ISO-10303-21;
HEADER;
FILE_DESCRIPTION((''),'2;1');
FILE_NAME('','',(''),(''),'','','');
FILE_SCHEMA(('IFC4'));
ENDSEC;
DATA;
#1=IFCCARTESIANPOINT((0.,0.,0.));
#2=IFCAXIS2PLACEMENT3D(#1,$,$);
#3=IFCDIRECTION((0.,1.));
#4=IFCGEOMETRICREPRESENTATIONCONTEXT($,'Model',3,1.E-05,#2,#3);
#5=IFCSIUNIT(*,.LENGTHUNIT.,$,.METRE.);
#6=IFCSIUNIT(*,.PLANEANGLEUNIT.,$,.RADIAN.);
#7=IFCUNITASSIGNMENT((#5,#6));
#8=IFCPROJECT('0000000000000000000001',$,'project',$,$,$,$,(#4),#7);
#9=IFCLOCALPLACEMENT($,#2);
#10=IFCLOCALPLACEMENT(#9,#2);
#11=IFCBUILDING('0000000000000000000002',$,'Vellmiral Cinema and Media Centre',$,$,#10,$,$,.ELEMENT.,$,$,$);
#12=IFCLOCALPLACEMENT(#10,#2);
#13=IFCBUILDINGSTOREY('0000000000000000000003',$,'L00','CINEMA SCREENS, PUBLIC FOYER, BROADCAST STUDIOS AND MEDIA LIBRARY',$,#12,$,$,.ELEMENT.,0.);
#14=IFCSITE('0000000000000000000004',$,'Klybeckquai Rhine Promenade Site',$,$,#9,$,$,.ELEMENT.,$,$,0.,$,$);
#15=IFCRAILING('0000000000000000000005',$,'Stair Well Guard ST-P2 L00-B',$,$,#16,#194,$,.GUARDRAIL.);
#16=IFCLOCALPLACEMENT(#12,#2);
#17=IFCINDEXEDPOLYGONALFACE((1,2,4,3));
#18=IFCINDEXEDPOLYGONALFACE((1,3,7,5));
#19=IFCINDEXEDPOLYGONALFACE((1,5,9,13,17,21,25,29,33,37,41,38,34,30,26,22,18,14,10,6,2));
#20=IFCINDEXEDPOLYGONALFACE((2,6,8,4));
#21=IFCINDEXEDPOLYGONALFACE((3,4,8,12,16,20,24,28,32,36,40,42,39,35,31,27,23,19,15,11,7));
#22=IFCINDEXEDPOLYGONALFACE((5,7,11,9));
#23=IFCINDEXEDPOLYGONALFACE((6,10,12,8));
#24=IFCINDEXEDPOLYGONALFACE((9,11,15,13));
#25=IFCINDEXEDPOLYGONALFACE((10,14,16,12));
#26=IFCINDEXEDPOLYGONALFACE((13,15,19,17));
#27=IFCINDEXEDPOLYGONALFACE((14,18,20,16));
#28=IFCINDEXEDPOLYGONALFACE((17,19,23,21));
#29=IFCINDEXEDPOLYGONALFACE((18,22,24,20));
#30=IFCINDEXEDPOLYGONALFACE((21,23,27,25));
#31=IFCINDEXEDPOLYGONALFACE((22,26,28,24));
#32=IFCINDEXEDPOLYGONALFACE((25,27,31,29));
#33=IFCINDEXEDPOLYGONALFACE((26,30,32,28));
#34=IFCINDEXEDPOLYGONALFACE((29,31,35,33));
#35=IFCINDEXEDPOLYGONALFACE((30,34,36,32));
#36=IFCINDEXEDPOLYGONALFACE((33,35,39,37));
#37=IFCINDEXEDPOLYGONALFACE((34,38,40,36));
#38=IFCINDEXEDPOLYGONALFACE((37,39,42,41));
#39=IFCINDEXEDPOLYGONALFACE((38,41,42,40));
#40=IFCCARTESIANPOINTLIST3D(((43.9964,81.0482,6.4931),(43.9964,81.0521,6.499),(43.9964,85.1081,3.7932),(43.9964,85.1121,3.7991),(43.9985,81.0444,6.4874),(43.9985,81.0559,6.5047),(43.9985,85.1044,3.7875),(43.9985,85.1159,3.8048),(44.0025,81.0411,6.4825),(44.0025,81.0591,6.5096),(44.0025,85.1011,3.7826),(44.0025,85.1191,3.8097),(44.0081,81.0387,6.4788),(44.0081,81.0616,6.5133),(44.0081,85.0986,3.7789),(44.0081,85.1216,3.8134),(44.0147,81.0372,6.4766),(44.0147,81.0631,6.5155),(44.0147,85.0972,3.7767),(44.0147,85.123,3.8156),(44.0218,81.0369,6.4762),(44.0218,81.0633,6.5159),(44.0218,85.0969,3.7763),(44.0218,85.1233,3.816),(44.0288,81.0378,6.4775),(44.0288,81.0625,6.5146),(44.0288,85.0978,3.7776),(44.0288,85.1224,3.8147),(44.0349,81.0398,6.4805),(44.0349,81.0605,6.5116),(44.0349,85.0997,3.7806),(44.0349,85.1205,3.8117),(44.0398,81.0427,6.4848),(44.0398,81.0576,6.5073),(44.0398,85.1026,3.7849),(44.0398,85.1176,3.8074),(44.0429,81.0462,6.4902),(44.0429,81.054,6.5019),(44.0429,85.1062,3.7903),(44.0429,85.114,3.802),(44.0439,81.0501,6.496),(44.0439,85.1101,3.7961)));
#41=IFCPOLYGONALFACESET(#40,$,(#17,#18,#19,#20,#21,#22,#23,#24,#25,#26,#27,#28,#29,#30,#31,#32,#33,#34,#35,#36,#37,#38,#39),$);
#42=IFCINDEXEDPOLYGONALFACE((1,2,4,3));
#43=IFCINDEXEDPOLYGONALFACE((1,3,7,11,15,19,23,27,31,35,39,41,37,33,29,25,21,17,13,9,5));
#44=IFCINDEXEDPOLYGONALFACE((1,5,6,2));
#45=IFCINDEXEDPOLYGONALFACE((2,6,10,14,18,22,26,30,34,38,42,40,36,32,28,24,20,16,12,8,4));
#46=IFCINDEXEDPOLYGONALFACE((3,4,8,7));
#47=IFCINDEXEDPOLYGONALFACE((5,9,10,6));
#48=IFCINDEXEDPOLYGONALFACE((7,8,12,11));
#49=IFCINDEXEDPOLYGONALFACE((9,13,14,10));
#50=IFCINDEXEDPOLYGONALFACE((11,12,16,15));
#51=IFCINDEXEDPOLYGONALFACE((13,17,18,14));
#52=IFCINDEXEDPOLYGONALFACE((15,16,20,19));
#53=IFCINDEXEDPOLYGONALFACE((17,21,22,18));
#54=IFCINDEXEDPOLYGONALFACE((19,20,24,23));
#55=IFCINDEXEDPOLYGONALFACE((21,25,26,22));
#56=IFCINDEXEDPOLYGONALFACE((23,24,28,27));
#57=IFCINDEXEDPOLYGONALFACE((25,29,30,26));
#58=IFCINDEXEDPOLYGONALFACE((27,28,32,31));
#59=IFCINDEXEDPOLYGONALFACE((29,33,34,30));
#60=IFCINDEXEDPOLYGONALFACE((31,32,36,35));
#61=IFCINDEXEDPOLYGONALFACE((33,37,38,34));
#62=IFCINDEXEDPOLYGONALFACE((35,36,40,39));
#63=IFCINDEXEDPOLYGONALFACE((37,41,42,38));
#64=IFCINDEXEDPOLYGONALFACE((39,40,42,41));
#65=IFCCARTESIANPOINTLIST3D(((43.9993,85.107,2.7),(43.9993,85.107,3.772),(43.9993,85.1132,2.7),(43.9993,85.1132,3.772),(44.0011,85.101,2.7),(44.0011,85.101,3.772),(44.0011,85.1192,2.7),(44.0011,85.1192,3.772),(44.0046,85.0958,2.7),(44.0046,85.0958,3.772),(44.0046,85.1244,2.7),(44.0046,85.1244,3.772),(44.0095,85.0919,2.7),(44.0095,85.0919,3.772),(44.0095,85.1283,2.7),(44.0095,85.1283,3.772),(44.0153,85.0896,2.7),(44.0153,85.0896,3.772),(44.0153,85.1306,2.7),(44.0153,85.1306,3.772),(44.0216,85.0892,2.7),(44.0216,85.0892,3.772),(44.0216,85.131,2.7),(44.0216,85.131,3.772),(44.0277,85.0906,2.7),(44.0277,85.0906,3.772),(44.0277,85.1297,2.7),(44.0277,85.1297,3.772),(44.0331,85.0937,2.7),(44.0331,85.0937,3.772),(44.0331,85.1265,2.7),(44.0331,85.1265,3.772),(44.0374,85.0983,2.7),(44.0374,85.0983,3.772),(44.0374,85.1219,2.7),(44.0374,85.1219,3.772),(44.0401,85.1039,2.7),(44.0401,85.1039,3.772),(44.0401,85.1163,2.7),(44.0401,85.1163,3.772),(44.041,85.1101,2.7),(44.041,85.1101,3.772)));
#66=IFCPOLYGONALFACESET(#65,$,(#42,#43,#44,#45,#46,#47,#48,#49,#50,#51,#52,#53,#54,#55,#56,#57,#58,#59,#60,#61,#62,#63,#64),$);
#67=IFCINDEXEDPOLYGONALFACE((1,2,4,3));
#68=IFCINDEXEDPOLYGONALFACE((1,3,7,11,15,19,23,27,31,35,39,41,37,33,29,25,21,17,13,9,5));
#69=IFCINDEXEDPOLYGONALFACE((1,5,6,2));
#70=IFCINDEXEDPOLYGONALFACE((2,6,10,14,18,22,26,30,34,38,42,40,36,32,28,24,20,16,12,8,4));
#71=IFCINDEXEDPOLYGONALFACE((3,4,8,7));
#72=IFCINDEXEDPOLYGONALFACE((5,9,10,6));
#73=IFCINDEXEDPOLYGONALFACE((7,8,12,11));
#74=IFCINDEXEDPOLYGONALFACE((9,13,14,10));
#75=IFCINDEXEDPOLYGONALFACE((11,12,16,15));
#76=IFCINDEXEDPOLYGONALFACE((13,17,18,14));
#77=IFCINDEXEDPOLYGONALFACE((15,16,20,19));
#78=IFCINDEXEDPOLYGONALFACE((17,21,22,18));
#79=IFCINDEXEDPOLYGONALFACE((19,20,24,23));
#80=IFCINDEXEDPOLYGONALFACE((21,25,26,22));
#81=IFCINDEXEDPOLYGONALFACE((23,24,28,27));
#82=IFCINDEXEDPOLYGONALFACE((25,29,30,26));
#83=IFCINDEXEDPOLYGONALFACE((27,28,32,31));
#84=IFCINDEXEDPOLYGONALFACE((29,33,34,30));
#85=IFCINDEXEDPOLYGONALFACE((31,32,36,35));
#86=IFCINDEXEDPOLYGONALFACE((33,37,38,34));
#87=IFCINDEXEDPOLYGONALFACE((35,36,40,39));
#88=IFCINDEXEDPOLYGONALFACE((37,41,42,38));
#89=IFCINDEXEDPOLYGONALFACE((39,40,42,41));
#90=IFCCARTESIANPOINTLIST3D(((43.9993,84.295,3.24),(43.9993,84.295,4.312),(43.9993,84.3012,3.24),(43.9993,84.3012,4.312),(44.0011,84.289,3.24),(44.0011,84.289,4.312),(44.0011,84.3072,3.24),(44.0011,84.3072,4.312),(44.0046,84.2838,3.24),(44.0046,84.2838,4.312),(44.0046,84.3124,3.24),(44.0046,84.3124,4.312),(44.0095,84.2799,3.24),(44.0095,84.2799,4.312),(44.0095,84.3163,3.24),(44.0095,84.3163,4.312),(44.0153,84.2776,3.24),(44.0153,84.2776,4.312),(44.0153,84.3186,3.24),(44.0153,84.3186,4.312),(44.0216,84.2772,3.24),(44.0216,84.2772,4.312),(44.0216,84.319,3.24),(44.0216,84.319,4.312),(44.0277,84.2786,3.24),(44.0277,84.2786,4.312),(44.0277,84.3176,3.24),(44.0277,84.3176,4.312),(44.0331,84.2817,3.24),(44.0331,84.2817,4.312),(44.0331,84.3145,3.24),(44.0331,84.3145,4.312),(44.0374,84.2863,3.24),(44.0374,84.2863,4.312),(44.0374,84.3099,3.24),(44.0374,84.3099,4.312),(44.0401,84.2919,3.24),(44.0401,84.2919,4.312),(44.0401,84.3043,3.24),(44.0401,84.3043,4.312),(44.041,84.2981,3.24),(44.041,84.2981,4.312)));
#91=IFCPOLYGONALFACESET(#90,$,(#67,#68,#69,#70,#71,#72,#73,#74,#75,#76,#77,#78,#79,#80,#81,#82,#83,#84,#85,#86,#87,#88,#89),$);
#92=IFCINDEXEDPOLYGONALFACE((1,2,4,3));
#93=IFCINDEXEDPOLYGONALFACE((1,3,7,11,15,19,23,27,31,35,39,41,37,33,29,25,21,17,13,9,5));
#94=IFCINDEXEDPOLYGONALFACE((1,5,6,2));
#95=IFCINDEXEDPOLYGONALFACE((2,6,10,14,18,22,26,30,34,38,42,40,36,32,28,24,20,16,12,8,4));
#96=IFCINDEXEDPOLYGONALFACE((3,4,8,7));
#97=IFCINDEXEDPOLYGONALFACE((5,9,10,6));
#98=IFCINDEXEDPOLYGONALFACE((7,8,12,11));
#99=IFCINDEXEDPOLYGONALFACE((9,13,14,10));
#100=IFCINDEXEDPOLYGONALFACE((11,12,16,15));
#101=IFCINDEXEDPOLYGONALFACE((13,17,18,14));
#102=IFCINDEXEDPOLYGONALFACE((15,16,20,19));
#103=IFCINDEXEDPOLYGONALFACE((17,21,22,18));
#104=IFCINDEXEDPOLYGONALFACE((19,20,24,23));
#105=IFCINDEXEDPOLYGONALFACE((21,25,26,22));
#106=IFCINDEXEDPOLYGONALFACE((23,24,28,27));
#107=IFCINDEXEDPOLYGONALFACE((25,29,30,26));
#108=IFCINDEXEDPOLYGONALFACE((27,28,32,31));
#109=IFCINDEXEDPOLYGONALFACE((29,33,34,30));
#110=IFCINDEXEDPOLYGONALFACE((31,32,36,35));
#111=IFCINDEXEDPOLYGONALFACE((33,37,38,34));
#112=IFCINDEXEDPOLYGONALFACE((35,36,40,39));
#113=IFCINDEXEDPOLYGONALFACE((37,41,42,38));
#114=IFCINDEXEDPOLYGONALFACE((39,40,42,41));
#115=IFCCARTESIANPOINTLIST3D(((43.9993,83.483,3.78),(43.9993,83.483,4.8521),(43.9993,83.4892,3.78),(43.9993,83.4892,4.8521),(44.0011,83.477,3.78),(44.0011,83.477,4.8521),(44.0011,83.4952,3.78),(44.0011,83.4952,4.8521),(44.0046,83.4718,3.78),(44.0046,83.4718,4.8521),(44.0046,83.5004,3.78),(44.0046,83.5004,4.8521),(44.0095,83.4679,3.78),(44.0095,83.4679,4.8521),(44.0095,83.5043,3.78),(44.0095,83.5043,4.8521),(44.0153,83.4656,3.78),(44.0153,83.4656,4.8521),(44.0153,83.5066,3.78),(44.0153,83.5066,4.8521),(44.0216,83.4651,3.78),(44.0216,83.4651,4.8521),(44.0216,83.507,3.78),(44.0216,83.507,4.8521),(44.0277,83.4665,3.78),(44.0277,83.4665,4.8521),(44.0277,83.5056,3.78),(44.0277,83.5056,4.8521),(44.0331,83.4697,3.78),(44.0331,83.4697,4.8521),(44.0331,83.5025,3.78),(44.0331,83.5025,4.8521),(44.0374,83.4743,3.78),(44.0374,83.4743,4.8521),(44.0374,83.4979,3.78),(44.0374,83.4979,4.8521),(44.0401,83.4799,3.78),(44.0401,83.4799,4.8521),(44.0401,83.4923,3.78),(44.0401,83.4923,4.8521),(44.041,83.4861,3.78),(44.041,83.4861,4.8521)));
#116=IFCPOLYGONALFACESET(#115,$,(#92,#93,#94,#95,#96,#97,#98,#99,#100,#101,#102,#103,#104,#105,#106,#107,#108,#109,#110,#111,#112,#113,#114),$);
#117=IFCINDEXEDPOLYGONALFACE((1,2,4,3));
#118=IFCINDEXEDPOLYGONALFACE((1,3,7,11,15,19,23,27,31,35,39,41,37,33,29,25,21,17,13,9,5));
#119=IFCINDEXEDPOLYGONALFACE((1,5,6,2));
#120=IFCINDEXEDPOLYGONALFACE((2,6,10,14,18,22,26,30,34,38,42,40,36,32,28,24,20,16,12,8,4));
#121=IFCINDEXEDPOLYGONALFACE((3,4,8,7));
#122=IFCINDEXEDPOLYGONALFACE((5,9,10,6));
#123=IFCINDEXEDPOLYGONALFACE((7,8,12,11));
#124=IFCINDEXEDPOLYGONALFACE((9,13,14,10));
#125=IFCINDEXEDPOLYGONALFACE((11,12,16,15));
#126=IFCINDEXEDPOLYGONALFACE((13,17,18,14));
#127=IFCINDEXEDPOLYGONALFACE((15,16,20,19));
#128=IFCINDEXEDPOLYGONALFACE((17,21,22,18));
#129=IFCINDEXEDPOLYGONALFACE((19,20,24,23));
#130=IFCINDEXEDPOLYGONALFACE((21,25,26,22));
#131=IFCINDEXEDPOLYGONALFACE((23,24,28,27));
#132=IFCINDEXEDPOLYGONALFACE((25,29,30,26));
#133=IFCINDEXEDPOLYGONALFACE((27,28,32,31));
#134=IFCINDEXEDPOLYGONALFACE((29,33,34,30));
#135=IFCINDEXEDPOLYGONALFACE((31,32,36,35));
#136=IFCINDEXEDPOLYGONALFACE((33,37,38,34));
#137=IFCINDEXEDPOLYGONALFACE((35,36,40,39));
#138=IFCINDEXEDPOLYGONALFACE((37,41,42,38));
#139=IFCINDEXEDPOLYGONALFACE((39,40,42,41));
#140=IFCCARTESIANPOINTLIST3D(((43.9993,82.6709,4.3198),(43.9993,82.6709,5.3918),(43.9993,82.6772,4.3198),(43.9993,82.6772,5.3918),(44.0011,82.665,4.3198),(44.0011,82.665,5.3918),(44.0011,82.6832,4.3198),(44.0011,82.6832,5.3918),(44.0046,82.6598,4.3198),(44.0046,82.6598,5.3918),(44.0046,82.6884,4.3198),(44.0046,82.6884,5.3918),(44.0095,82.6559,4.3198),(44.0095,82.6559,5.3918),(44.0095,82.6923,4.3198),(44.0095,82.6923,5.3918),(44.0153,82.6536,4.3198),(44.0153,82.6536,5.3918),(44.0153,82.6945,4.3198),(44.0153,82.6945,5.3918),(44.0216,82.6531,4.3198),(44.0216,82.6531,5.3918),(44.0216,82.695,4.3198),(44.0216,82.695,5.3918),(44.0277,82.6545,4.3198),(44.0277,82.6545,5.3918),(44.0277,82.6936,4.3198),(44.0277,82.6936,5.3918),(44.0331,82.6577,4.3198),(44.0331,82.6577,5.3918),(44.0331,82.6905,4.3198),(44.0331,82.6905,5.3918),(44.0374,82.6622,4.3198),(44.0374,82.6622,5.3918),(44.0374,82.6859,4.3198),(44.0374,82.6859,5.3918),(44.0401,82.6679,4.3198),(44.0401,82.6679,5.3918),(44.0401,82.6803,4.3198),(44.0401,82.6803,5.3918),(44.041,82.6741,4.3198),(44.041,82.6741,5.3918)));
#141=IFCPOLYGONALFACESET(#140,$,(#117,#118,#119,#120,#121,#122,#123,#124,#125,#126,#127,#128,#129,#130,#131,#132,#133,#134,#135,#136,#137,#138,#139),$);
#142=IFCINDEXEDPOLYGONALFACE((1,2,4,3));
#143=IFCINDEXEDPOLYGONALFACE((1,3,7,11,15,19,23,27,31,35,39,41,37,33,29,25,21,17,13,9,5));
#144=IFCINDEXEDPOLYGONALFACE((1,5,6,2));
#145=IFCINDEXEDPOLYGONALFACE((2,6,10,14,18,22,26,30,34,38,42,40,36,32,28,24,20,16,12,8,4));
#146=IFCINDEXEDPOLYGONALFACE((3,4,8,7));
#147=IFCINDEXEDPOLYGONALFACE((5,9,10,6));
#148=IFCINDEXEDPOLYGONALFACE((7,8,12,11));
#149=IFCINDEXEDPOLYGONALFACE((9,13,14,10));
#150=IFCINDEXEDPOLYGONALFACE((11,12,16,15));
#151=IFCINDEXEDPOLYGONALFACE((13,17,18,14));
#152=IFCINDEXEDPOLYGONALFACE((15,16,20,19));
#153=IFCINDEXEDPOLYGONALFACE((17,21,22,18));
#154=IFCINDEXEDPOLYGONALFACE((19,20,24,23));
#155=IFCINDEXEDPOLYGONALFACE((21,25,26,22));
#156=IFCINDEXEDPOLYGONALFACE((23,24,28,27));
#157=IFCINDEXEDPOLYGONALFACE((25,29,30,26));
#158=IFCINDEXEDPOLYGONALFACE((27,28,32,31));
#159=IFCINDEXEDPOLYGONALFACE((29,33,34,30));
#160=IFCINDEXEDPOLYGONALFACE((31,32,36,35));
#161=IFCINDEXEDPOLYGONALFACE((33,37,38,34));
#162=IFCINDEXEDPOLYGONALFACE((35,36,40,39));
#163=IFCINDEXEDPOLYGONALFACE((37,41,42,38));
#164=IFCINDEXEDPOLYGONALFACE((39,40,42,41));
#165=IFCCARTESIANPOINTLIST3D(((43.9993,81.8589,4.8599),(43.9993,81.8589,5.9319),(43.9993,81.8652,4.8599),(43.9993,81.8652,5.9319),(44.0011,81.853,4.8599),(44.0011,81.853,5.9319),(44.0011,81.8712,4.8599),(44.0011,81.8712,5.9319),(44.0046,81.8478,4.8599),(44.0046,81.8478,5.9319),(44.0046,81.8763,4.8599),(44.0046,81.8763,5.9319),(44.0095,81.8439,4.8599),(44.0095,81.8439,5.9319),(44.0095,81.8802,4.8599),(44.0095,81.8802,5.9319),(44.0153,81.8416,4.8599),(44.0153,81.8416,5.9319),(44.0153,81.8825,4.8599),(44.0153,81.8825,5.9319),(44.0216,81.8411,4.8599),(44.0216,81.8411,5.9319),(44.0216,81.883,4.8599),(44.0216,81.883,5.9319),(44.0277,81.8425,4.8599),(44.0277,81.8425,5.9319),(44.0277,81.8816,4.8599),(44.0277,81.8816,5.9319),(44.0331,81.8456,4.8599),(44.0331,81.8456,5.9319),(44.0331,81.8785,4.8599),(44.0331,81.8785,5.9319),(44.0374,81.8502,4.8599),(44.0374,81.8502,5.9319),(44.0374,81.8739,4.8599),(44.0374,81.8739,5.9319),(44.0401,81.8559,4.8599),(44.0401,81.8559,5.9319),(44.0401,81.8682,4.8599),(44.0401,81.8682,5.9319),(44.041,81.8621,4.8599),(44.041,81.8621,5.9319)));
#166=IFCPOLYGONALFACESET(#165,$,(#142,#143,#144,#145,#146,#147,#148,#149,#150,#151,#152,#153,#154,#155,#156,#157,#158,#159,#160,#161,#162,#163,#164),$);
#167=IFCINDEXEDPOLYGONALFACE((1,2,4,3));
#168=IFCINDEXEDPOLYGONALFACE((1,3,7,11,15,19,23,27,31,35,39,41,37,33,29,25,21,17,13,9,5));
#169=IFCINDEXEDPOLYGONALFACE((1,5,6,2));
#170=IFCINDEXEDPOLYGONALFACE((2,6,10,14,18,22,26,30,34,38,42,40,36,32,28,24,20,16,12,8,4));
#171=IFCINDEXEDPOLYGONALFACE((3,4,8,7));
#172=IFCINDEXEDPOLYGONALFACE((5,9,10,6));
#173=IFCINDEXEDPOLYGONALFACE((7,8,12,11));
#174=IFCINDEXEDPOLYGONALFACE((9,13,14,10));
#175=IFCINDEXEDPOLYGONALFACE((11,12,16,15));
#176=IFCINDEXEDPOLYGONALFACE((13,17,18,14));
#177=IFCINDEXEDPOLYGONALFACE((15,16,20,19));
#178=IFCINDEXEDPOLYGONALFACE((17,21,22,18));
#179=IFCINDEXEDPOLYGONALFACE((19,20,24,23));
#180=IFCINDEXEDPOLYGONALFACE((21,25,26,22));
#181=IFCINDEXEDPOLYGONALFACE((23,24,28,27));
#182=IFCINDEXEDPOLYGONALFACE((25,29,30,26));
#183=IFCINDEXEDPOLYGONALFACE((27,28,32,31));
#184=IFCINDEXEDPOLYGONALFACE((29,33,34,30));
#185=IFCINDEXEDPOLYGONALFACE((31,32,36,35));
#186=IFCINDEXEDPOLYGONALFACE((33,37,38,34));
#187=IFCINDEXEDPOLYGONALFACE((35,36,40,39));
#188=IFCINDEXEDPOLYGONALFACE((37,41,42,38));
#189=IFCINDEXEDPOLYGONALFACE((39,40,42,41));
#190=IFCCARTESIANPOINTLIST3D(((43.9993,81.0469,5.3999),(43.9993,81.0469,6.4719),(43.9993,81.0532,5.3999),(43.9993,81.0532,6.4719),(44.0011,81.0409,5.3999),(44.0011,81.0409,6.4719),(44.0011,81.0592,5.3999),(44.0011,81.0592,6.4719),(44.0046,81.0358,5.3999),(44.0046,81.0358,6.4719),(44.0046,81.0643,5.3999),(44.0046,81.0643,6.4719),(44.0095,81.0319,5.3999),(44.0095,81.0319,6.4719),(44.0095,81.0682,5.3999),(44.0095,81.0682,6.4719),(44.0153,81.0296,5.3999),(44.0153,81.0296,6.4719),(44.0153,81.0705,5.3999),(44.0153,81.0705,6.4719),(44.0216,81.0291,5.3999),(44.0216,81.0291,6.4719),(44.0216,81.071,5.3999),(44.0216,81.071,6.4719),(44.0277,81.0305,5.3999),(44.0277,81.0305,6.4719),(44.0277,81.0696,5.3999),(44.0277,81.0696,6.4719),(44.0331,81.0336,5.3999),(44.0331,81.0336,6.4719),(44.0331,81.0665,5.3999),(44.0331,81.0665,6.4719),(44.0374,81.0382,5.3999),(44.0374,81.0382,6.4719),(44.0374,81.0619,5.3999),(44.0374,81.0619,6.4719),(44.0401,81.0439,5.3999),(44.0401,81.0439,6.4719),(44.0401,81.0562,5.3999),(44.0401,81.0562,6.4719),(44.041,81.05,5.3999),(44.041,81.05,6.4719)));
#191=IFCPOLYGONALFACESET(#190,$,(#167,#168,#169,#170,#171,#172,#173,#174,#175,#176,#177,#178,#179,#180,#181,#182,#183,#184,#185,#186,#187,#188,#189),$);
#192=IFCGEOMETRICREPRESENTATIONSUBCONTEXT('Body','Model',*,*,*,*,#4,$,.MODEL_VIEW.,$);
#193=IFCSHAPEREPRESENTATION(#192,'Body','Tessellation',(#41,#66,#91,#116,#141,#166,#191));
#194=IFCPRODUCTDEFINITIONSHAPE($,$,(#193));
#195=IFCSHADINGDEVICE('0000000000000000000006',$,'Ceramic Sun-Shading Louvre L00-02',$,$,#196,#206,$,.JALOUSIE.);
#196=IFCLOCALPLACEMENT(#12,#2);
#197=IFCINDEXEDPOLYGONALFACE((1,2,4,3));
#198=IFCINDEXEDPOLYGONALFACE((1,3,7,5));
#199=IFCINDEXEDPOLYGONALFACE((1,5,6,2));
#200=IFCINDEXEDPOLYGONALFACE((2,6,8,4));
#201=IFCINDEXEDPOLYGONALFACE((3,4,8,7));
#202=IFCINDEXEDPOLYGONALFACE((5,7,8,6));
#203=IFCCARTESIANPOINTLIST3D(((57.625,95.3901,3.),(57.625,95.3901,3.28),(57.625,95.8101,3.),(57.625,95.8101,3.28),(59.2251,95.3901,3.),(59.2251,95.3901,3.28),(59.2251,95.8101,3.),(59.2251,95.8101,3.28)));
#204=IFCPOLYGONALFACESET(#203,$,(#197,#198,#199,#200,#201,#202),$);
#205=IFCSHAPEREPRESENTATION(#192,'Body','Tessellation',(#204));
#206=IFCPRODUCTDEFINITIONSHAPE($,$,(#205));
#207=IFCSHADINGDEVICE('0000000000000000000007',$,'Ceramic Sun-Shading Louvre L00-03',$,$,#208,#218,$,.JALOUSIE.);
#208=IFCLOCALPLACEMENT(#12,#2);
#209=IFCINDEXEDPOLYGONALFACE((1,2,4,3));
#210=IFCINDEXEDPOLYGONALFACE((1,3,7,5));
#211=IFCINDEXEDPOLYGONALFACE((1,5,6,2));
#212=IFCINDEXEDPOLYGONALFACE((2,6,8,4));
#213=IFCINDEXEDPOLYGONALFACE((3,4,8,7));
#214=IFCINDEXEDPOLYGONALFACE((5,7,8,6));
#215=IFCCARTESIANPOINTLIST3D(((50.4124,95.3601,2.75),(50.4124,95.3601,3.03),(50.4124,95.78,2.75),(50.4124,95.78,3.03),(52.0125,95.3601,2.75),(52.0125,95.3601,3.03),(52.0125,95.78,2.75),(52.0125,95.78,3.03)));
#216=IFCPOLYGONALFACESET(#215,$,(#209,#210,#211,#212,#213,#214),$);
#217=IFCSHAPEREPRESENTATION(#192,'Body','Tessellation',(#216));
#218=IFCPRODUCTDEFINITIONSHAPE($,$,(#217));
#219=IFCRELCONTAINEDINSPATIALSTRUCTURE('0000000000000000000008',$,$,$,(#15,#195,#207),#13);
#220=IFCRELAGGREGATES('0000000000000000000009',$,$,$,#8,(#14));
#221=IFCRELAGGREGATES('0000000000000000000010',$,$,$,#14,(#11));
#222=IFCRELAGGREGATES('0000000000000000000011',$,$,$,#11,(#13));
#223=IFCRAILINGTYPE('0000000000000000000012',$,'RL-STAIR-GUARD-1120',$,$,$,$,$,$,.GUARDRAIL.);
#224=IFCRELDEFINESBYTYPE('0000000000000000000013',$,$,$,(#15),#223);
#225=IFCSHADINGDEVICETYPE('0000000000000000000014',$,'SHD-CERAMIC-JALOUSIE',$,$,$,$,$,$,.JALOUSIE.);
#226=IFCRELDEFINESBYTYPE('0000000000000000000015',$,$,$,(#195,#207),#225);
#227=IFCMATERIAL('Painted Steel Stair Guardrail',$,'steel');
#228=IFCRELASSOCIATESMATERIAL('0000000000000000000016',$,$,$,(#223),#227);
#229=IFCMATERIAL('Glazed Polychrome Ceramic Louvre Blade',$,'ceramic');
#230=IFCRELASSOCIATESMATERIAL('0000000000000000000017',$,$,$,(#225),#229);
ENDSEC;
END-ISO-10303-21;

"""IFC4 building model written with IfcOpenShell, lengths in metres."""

from ifc_helpers import new_model, si_unit, direction, frame, origin, origin_2d, place, context, subcontext, project, spatial, rectangle, circle, extrude, material, type_object, element, save


model = new_model("IFC4")

# Units and contexts
model_context = context("Model", 3, precision=1e-05, world=origin(), true_north=direction((0.0, 1.0)))
body_context = subcontext(model_context, "Body", "Model", "MODEL_VIEW")
ifc_project = project(units=[si_unit("LENGTHUNIT", "METRE"), si_unit("PLANEANGLEUNIT", "RADIAN")], contexts=[model_context])

# Site, building, storey
site_placement = place(None, origin())
site = spatial("IfcSite", under=ifc_project, at=site_placement, Name="Klybeckquai Rhine Promenade Site", CompositionType="ELEMENT", RefElevation=0.0)
building_placement = place(site_placement, origin())
building = spatial("IfcBuilding", under=site, at=building_placement, Name="Vellmiral Cinema and Media Centre", CompositionType="ELEMENT")
storey_placement = place(building_placement, origin())
storey = spatial("IfcBuildingStorey", under=building, at=storey_placement, Name="L00", Description="CINEMA SCREENS, PUBLIC FOYER, BROADCAST STUDIOS AND MEDIA LIBRARY", CompositionType="ELEMENT", Elevation=0.0)

# Railing
ifc_material_1 = material(Name="Painted Steel Stair Guardrail", Category="steel")
railing_type_1 = type_object("IfcRailingType", Name="RL-STAIR-GUARD-1120", PredefinedType="GUARDRAIL", material=ifc_material_1)
railing_1_placement = place(storey_placement, frame((44.02, 85.1101, 2.7)))
element("IfcRailing", 1, at=railing_1_placement, inside=storey, type_object=railing_type_1, Name="Stair Well Guard ST-P2 L00-B", PredefinedType="GUARDRAIL", context=body_context, shape_type="SweptSolid", body=[
    extrude(circle(Radius=0.0239, at=origin_2d()), frame((0.0, 0.0, 1.0962), z_axis=(0.0, -0.832689, 0.553741), x_axis=(1.0, 0.0, 0.0)), (0.0, 0.0, 1.0), 4.8757),
    extrude(circle(Radius=0.021, at=origin_2d()), origin(), (0.0, 0.0, 1.0), 1.072),
    extrude(circle(Radius=0.021, at=origin_2d()), frame((0.0, -0.812, 0.54)), (0.0, 0.0, 1.0), 1.072),
    extrude(circle(Radius=0.021, at=origin_2d()), frame((0.0, -1.624, 1.0801)), (0.0, 0.0, 1.0), 1.072),
    extrude(circle(Radius=0.021, at=origin_2d()), frame((0.0, -2.436, 1.6199)), (0.0, 0.0, 1.0), 1.072),
    extrude(circle(Radius=0.021, at=origin_2d()), frame((0.0, -3.248, 2.1599)), (0.0, 0.0, 1.0), 1.072),
    extrude(circle(Radius=0.021, at=origin_2d()), frame((0.0, -4.0601, 2.7)), (0.0, 0.0, 1.0), 1.072),
])

# Shading devices
ifc_material_2 = material(Name="Glazed Polychrome Ceramic Louvre Blade", Category="ceramic")
shading_device_type = type_object("IfcShadingDeviceType", Name="SHD-CERAMIC-JALOUSIE", PredefinedType="JALOUSIE", material=ifc_material_2)
for number, where, z_axis, x_axis, name in (
    (2, (58.425, 95.6001, 3.0), (0.0, 0.0, 1.0), (-1.0, 0.0, 0.0), "Ceramic Sun-Shading Louvre L00-02"),
    (3, (51.2124, 95.5701, 2.75), (0.0, 0.0, 1.0), (-1.0, 0.0, 0.0), "Ceramic Sun-Shading Louvre L00-03"),
):
    element("IfcShadingDevice", number, at=place(storey_placement, frame(where, z_axis=z_axis, x_axis=x_axis)), inside=storey, type_object=shading_device_type, Name=name, PredefinedType="JALOUSIE", context=body_context, shape_type="SweptSolid", body=[
        extrude(rectangle(XDim=1.6001, YDim=0.4199, at=origin_2d()), origin(), (0.0, 0.0, 1.0), 0.28),
    ])

save(model, "model.ifc")
